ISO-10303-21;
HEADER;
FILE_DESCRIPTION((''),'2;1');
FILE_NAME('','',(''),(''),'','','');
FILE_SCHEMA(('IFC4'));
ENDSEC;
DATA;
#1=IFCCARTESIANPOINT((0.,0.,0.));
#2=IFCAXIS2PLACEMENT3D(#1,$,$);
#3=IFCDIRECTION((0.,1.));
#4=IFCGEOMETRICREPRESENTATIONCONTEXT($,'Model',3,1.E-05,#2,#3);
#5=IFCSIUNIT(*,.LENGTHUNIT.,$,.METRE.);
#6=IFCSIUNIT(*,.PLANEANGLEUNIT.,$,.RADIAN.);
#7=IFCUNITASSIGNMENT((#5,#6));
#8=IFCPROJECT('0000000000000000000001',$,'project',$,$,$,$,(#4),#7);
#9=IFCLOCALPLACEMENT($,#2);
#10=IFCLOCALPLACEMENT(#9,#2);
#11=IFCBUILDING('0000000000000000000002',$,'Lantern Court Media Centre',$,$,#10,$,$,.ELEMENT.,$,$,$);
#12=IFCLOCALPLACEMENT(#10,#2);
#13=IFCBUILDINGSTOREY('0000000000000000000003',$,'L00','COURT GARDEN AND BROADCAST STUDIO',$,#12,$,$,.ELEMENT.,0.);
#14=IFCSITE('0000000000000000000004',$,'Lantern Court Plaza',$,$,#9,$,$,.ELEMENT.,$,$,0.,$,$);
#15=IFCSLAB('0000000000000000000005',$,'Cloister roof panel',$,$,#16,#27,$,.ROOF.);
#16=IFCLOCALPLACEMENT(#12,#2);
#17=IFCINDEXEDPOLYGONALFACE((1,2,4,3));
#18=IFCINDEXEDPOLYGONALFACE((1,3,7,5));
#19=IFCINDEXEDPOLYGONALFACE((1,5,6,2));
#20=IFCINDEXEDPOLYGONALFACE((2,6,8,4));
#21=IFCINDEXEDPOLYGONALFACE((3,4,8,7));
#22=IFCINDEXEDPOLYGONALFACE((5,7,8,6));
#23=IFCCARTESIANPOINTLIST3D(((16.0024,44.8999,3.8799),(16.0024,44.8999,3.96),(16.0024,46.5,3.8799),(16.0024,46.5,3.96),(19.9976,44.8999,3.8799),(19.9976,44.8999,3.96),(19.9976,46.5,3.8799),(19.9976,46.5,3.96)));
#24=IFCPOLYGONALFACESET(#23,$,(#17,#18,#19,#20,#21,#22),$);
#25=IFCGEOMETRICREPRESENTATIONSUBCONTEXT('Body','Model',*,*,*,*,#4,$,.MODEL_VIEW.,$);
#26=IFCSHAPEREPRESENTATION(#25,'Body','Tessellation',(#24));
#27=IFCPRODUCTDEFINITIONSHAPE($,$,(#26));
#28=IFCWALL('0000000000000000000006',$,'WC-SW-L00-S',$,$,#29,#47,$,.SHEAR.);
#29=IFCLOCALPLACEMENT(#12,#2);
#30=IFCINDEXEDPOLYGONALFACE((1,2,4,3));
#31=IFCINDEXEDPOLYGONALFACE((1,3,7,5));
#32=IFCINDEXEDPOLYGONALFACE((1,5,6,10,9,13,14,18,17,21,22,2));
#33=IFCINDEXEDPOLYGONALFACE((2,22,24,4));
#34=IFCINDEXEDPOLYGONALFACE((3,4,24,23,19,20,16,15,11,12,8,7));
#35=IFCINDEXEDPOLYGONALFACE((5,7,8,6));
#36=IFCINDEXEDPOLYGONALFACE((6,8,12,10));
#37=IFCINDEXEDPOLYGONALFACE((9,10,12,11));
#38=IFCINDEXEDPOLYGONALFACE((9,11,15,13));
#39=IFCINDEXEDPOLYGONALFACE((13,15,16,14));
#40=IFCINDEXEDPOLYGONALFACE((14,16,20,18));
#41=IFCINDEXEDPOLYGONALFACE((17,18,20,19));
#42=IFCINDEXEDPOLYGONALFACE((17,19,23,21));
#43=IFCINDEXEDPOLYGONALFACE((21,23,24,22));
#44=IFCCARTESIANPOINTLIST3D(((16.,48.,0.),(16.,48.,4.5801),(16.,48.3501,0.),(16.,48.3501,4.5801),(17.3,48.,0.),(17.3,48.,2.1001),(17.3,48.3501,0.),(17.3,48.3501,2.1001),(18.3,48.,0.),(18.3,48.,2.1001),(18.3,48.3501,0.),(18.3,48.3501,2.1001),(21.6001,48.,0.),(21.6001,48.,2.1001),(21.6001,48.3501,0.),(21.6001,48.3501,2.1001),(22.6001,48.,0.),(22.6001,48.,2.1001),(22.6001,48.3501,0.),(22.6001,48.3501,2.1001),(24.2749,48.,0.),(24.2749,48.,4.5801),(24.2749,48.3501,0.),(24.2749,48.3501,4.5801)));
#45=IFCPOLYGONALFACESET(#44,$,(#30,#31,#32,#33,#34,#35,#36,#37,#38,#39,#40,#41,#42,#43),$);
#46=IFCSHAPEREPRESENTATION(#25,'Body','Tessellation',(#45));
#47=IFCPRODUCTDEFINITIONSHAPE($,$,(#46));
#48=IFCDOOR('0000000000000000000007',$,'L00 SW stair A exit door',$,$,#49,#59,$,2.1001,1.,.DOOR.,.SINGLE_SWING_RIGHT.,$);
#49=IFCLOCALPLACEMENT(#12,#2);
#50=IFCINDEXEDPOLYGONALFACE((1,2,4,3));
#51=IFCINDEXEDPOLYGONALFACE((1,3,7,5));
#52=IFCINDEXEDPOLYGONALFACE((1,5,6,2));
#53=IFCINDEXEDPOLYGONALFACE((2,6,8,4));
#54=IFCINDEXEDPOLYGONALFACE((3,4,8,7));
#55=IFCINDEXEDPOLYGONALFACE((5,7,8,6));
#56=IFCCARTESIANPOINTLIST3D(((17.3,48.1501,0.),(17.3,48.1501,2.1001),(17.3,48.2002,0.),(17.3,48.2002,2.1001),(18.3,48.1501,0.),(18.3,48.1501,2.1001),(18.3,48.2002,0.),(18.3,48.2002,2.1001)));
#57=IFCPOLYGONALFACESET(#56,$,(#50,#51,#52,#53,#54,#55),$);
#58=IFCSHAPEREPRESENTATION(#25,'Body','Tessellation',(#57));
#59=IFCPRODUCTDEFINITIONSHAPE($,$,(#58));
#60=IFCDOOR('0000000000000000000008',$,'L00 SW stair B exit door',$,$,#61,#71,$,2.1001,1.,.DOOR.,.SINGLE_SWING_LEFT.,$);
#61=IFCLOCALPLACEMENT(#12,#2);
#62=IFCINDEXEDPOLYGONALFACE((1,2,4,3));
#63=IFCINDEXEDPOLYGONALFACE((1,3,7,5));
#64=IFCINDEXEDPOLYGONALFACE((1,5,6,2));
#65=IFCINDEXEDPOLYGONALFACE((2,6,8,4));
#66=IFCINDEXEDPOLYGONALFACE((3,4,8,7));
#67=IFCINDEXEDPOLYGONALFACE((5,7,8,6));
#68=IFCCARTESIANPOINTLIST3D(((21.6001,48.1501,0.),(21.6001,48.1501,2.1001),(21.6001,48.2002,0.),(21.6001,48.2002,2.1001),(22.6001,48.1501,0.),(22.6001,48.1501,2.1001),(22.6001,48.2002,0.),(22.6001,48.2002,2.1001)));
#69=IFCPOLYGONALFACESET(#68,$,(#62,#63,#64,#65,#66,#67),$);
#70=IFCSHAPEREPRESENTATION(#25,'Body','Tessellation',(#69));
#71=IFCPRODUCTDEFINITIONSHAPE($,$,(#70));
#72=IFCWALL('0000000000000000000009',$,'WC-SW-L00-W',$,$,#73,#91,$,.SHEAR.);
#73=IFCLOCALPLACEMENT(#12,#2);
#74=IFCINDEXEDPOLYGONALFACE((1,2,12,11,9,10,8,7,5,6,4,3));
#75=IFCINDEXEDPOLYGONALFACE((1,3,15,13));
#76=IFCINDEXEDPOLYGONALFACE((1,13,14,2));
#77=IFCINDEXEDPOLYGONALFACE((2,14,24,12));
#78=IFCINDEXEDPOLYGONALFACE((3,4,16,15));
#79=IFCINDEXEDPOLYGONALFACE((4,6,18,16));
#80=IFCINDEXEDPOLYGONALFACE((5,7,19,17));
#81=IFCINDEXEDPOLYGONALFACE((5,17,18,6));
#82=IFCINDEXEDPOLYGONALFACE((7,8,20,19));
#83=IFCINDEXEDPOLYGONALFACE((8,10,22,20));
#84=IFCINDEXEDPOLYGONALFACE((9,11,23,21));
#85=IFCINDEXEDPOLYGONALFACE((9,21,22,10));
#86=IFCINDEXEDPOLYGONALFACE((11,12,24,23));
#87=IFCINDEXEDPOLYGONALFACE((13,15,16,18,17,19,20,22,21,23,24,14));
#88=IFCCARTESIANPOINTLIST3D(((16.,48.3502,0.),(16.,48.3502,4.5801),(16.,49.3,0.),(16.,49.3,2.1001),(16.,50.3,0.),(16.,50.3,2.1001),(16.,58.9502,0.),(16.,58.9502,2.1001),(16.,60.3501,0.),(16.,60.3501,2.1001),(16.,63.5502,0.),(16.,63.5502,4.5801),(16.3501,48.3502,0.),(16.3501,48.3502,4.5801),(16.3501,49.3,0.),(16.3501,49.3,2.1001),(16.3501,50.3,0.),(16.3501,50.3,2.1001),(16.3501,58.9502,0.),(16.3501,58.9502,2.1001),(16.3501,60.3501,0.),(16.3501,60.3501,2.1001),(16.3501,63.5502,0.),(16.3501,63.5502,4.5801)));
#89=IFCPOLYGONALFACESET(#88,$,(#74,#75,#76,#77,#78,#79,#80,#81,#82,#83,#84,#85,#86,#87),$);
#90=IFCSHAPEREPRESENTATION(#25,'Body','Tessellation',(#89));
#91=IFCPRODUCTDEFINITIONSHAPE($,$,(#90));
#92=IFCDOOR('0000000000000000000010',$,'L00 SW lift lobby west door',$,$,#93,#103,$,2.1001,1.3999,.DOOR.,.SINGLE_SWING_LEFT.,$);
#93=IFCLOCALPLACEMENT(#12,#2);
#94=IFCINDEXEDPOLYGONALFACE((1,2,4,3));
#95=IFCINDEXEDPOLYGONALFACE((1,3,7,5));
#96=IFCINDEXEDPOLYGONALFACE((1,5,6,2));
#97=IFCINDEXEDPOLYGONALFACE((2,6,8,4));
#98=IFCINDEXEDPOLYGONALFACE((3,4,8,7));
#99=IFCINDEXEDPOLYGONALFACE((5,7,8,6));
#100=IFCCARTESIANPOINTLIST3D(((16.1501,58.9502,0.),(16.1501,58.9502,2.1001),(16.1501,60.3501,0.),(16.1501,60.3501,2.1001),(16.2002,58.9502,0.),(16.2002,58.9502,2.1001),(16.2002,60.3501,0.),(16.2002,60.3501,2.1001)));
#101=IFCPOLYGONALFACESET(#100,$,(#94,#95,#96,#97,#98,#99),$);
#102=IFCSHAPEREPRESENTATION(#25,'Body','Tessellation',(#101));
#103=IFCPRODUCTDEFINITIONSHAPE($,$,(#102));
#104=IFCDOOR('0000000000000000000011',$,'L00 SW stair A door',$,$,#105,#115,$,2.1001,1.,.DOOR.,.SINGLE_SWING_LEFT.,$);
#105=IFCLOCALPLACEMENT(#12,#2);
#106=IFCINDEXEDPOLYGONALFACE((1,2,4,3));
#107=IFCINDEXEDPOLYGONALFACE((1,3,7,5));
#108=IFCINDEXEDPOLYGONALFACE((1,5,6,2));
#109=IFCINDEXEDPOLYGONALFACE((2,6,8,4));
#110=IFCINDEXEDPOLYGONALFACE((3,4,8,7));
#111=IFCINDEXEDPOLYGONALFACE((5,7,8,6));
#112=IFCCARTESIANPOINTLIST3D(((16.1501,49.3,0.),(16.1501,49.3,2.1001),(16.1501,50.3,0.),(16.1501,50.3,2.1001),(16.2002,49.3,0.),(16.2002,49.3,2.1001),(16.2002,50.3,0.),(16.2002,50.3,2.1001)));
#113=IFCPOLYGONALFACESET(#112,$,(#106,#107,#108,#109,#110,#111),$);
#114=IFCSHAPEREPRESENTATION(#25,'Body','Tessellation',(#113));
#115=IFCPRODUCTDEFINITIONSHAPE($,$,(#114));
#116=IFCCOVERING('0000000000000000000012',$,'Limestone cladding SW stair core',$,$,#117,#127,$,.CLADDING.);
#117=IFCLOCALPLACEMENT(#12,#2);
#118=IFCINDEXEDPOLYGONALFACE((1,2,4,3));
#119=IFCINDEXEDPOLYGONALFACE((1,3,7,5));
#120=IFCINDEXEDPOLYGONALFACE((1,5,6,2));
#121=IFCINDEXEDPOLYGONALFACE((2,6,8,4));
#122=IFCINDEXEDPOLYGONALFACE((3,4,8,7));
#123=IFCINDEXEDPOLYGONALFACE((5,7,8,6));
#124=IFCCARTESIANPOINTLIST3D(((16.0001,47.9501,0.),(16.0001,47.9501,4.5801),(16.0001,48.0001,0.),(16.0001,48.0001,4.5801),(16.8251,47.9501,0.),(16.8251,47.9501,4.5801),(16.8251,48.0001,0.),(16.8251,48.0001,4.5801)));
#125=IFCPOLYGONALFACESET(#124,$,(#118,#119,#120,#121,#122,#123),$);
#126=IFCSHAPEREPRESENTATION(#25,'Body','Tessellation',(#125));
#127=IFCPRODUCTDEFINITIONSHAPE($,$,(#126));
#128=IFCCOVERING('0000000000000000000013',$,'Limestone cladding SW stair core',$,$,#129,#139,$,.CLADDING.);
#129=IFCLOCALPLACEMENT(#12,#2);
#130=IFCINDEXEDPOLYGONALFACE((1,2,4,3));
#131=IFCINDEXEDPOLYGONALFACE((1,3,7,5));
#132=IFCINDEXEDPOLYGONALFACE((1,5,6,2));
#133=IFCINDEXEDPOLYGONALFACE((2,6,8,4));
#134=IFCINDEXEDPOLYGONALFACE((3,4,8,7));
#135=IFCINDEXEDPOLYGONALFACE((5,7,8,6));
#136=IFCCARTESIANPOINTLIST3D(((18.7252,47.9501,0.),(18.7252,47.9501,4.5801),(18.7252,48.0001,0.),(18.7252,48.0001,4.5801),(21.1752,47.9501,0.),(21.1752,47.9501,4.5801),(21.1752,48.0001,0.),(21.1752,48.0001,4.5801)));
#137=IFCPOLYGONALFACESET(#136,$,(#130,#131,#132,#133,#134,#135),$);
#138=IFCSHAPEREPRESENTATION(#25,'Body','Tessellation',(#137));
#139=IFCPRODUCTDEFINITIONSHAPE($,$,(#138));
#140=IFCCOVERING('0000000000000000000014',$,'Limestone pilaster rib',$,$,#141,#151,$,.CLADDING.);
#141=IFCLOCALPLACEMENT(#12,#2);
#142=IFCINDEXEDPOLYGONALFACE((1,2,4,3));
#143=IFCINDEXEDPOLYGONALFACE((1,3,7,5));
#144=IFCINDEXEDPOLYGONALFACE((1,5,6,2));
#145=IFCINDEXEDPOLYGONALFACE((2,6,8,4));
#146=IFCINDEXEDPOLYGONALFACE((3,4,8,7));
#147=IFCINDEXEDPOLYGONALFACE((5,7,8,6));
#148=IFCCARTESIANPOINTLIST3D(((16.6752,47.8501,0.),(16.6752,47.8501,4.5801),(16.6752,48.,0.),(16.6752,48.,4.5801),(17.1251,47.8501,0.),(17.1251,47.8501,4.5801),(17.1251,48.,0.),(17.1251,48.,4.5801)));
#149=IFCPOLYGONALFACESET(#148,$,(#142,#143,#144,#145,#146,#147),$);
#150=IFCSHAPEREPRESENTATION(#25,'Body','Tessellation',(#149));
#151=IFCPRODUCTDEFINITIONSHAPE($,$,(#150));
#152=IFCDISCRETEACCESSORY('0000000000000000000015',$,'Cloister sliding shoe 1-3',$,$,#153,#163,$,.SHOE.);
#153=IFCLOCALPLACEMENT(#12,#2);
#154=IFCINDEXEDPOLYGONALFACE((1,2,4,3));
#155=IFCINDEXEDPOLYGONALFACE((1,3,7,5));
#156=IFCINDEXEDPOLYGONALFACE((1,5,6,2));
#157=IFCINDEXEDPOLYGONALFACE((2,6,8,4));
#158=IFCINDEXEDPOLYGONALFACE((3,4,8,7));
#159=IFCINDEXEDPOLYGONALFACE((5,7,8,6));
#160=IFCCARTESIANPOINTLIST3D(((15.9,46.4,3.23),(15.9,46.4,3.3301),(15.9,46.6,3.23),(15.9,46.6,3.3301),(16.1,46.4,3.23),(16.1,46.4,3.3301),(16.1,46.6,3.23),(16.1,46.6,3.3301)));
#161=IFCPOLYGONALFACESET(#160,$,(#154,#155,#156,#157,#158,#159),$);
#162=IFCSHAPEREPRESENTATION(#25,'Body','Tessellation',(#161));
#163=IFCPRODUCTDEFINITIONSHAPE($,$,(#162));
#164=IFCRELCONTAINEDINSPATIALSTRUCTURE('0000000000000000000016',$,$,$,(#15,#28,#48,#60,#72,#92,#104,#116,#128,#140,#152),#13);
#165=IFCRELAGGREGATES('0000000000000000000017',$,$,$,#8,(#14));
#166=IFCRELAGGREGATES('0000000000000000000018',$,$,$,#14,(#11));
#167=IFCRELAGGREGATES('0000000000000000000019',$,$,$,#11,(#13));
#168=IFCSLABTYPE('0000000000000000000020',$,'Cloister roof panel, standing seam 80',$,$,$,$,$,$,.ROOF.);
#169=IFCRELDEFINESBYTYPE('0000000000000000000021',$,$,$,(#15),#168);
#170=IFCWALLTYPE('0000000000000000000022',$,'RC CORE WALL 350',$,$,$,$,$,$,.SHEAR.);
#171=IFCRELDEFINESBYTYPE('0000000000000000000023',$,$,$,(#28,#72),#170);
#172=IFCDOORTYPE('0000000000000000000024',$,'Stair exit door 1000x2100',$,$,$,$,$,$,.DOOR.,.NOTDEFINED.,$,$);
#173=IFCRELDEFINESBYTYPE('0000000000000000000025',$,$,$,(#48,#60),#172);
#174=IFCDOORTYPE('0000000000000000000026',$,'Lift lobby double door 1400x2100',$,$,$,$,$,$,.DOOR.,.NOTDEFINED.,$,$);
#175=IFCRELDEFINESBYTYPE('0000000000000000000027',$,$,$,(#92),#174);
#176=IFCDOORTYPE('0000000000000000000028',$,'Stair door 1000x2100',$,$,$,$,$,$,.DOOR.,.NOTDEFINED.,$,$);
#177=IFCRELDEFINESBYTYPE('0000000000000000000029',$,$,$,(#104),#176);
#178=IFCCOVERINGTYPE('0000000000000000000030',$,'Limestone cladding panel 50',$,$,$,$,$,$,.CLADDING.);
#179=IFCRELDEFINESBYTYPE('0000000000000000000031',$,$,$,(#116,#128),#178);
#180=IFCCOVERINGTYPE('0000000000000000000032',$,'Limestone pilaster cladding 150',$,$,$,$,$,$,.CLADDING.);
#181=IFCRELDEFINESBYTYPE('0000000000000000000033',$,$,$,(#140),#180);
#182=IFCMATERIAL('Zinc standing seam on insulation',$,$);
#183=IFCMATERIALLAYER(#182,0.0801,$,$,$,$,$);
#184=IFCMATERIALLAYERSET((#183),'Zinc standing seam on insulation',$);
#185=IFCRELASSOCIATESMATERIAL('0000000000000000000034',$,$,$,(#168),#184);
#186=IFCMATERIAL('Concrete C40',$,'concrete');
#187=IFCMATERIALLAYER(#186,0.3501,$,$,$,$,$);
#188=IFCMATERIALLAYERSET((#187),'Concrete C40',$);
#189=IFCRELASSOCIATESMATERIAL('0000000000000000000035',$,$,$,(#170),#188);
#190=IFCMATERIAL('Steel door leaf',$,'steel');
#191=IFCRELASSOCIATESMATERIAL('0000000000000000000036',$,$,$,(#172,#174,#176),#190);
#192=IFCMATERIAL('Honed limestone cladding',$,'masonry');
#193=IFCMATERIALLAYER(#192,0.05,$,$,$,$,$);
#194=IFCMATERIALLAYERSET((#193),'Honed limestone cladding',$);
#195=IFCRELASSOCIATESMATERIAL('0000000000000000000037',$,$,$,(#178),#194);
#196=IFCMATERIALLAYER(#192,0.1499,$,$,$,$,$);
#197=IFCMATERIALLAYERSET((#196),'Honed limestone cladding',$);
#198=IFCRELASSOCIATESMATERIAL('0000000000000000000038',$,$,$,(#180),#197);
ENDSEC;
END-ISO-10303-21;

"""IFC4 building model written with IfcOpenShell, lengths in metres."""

from ifc_helpers import new_model, si_unit, direction, frame, frame_2d, origin, origin_2d, place, context, subcontext, project, spatial, polyline, rectangle, outline, extrude, material, layer, layer_set, type_object, element, fill, save


model = new_model("IFC4")

# Units and contexts
model_context = context("Model", 3, precision=1e-05, world=origin(), true_north=direction((0.0, 1.0)))
body_context = subcontext(model_context, "Body", "Model", "MODEL_VIEW")
ifc_project = project(units=[si_unit("LENGTHUNIT", "METRE"), si_unit("PLANEANGLEUNIT", "RADIAN")], contexts=[model_context])

# Site, building, storey
site_placement = place(None, origin())
site = spatial("IfcSite", under=ifc_project, at=site_placement, Name="Lantern Court Plaza", CompositionType="ELEMENT", RefElevation=0.0)
building_placement = place(site_placement, origin())
building = spatial("IfcBuilding", under=site, at=building_placement, Name="Lantern Court Media Centre", CompositionType="ELEMENT")
storey_placement = place(building_placement, origin())
storey = spatial("IfcBuildingStorey", under=building, at=storey_placement, Name="L00", Description="COURT GARDEN AND BROADCAST STUDIO", CompositionType="ELEMENT", Elevation=0.0)

# Slab
ifc_material_1 = material(Name="Zinc standing seam on insulation")
ifc_layer_1 = layer(ifc_material_1, 0.0801)
ifc_layer_set_1 = layer_set([ifc_layer_1], Name="Zinc standing seam on insulation")
slab_type = type_object("IfcSlabType", Name="Cloister roof panel, standing seam 80", PredefinedType="ROOF", material=ifc_layer_set_1)
slab_1_placement = place(storey_placement, frame((16.0024, 44.8999, 3.96), z_axis=(0.0, 0.0, 1.0), x_axis=(1.0, 0.0, 0.0)))
element("IfcSlab", 1, at=slab_1_placement, inside=storey, type_object=slab_type, Name="Cloister roof panel", PredefinedType="ROOF", context=body_context, shape_type="SweptSolid", body=[
    extrude(outline(polyline([(0.0, 0.0), (3.9951, 0.0), (3.9951, 1.6001), (0.0, 1.6001), (0.0, 0.0)])), origin(), (0.0, 0.0, -1.0), 0.0801),
])

# Walls, openings, doors
ifc_material_2 = material(Name="Concrete C40", Category="concrete")
ifc_layer_2 = layer(ifc_material_2, 0.3501)
ifc_layer_set_2 = layer_set([ifc_layer_2], Name="Concrete C40")
wall_type = type_object("IfcWallType", Name="RC CORE WALL 350", PredefinedType="SHEAR", material=ifc_layer_set_2)
wall_1_placement = place(storey_placement, frame((16.0, 48.175, 0.0), z_axis=(0.0, 0.0, 1.0), x_axis=(1.0, 0.0, 0.0)))
wall_1 = element("IfcWall", 2, at=wall_1_placement, inside=storey, type_object=wall_type, Name="WC-SW-L00-S", PredefinedType="SHEAR", context=body_context, shape_type="SweptSolid", body=[
    extrude(rectangle(XDim=8.2749, YDim=0.3501, at=frame_2d((4.1375, 0.0))), origin(), (0.0, 0.0, 1.0), 4.5801),
])
opening_1_placement = place(wall_1_placement, frame((1.3, 0.0, 0.0)))
opening_1 = element("IfcOpeningElement", 3, at=opening_1_placement, cuts=wall_1, PredefinedType="OPENING", context=body_context, shape_type="SweptSolid", body=[
    extrude(rectangle(XDim=1.0, YDim=2.1001, at=frame_2d((0.5, 1.05))), frame((0.0, 0.1851, 0.0), z_axis=(0.0, -1.0, 0.0), x_axis=(1.0, 0.0, 0.0)), (0.0, 0.0, 1.0), 0.3701),
])
opening_2_placement = place(wall_1_placement, frame((5.6001, 0.0, 0.0)))
opening_2 = element("IfcOpeningElement", 4, at=opening_2_placement, cuts=wall_1, PredefinedType="OPENING", context=body_context, shape_type="SweptSolid", body=[
    extrude(rectangle(XDim=1.0, YDim=2.1001, at=frame_2d((0.5, 1.05))), frame((0.0, 0.1851, 0.0), z_axis=(0.0, -1.0, 0.0), x_axis=(1.0, 0.0, 0.0)), (0.0, 0.0, 1.0), 0.3701),
])
ifc_material_3 = material(Name="Steel door leaf", Category="steel")
door_type_1 = type_object("IfcDoorType", Name="Stair exit door 1000x2100", OperationType="NOTDEFINED", PredefinedType="DOOR", material=ifc_material_3)
door_1_placement = place(opening_1_placement, frame((1.0, 0.0, 0.0), z_axis=(0.0, 0.0, 1.0), x_axis=(-1.0, 0.0, 0.0)))
door_1 = element("IfcDoor", 5, at=door_1_placement, inside=storey, type_object=door_type_1, Name="L00 SW stair A exit door", OperationType="SINGLE_SWING_RIGHT", OverallHeight=2.1001, OverallWidth=1.0, PredefinedType="DOOR", context=body_context, shape_type="SweptSolid", body=[
    extrude(rectangle(XDim=1.0, YDim=2.1001, at=frame_2d((0.5, 1.05))), frame((0.0, 0.0249, 0.0), z_axis=(0.0, -1.0, 0.0), x_axis=(1.0, 0.0, 0.0)), (0.0, 0.0, 1.0), 0.05),
])
fill(opening_1, door_1)
door_2_placement = place(opening_2_placement, frame((1.0, 0.0, 0.0), z_axis=(0.0, 0.0, 1.0), x_axis=(-1.0, 0.0, 0.0)))
door_2 = element("IfcDoor", 6, at=door_2_placement, inside=storey, type_object=door_type_1, Name="L00 SW stair B exit door", OperationType="SINGLE_SWING_LEFT", OverallHeight=2.1001, OverallWidth=1.0, PredefinedType="DOOR", context=body_context, shape_type="SweptSolid", body=[
    extrude(rectangle(XDim=1.0, YDim=2.1001, at=frame_2d((0.5, 1.05))), frame((0.0, 0.0249, 0.0), z_axis=(0.0, -1.0, 0.0), x_axis=(1.0, 0.0, 0.0)), (0.0, 0.0, 1.0), 0.05),
])
fill(opening_2, door_2)
wall_2_placement = place(storey_placement, frame((16.175, 48.3501, 0.0), z_axis=(0.0, 0.0, 1.0), x_axis=(0.0, 1.0, 0.0)))
wall_2 = element("IfcWall", 7, at=wall_2_placement, inside=storey, type_object=wall_type, Name="WC-SW-L00-W", PredefinedType="SHEAR", context=body_context, shape_type="SweptSolid", body=[
    extrude(rectangle(XDim=15.2, YDim=0.3501, at=frame_2d((7.6001, 0.0))), origin(), (0.0, 0.0, 1.0), 4.5801),
])
opening_3_placement = place(wall_2_placement, frame((0.95, 0.0, 0.0)))
opening_3 = element("IfcOpeningElement", 8, at=opening_3_placement, cuts=wall_2, PredefinedType="OPENING", context=body_context, shape_type="SweptSolid", body=[
    extrude(rectangle(XDim=1.0, YDim=2.1001, at=frame_2d((0.5, 1.05))), frame((0.0, 0.1851, 0.0), z_axis=(0.0, -1.0, 0.0), x_axis=(1.0, 0.0, 0.0)), (0.0, 0.0, 1.0), 0.3701),
])
opening_4_placement = place(wall_2_placement, frame((10.6001, 0.0, 0.0)))
opening_4 = element("IfcOpeningElement", 9, at=opening_4_placement, cuts=wall_2, PredefinedType="OPENING", context=body_context, shape_type="SweptSolid", body=[
    extrude(rectangle(XDim=1.3999, YDim=2.1001, at=frame_2d((0.7, 1.05))), frame((0.0, 0.1851, 0.0), z_axis=(0.0, -1.0, 0.0), x_axis=(1.0, 0.0, 0.0)), (0.0, 0.0, 1.0), 0.3701),
])
door_type_2 = type_object("IfcDoorType", Name="Lift lobby double door 1400x2100", OperationType="NOTDEFINED", PredefinedType="DOOR", material=ifc_material_3)
door_3_placement = place(opening_4_placement, origin())
door_3 = element("IfcDoor", 10, at=door_3_placement, inside=storey, type_object=door_type_2, Name="L00 SW lift lobby west door", OperationType="SINGLE_SWING_LEFT", OverallHeight=2.1001, OverallWidth=1.3999, PredefinedType="DOOR", context=body_context, shape_type="SweptSolid", body=[
    extrude(rectangle(XDim=1.3999, YDim=2.1001, at=frame_2d((0.7, 1.05))), frame((0.0, 0.0249, 0.0), z_axis=(0.0, -1.0, 0.0), x_axis=(1.0, 0.0, 0.0)), (0.0, 0.0, 1.0), 0.05),
])
fill(opening_4, door_3)
door_type_3 = type_object("IfcDoorType", Name="Stair door 1000x2100", OperationType="NOTDEFINED", PredefinedType="DOOR", material=ifc_material_3)
door_4_placement = place(opening_3_placement, origin())
door_4 = element("IfcDoor", 11, at=door_4_placement, inside=storey, type_object=door_type_3, Name="L00 SW stair A door", OperationType="SINGLE_SWING_LEFT", OverallHeight=2.1001, OverallWidth=1.0, PredefinedType="DOOR", context=body_context, shape_type="SweptSolid", body=[
    extrude(rectangle(XDim=1.0, YDim=2.1001, at=frame_2d((0.5, 1.05))), frame((0.0, 0.0249, 0.0), z_axis=(0.0, -1.0, 0.0), x_axis=(1.0, 0.0, 0.0)), (0.0, 0.0, 1.0), 0.05),
])
fill(opening_3, door_4)

# Coverings
ifc_material_4 = material(Name="Honed limestone cladding", Category="masonry")
ifc_layer_3 = layer(ifc_material_4, 0.05)
ifc_layer_set_3 = layer_set([ifc_layer_3], Name="Honed limestone cladding")
covering_type_1 = type_object("IfcCoveringType", Name="Limestone cladding panel 50", PredefinedType="CLADDING", material=ifc_layer_set_3)
covering_1_placement = place(storey_placement, frame((16.0, 47.9751, 0.0), z_axis=(0.0, 0.0, 1.0), x_axis=(1.0, 0.0, 0.0)))
element("IfcCovering", 12, at=covering_1_placement, inside=storey, type_object=covering_type_1, Name="Limestone cladding SW stair core", PredefinedType="CLADDING", context=body_context, shape_type="SweptSolid", body=[
    extrude(rectangle(XDim=0.825, YDim=0.05, at=frame_2d((0.4126, 0.0))), origin(), (0.0, 0.0, 1.0), 4.5801),
])
covering_2_placement = place(storey_placement, frame((18.7251, 47.9751, 0.0), z_axis=(0.0, 0.0, 1.0), x_axis=(1.0, 0.0, 0.0)))
element("IfcCovering", 13, at=covering_2_placement, inside=storey, type_object=covering_type_1, Name="Limestone cladding SW stair core", PredefinedType="CLADDING", context=body_context, shape_type="SweptSolid", body=[
    extrude(rectangle(XDim=2.45, YDim=0.05, at=frame_2d((1.2251, 0.0))), origin(), (0.0, 0.0, 1.0), 4.5801),
])
ifc_layer_4 = layer(ifc_material_4, 0.1499)
ifc_layer_set_4 = layer_set([ifc_layer_4], Name="Honed limestone cladding")
covering_type_2 = type_object("IfcCoveringType", Name="Limestone pilaster cladding 150", PredefinedType="CLADDING", material=ifc_layer_set_4)
covering_3_placement = place(storey_placement, frame((16.675, 47.925, 0.0), z_axis=(0.0, 0.0, 1.0), x_axis=(1.0, 0.0, 0.0)))
element("IfcCovering", 14, at=covering_3_placement, inside=storey, type_object=covering_type_2, Name="Limestone pilaster rib", PredefinedType="CLADDING", context=body_context, shape_type="SweptSolid", body=[
    extrude(rectangle(XDim=0.45, YDim=0.1499, at=frame_2d((0.2251, 0.0))), origin(), (0.0, 0.0, 1.0), 4.5801),
])

# Discrete accessory
discrete_accessory_placement = place(storey_placement, frame((16.0, 46.5, 3.23), z_axis=(0.0, 0.0, 1.0), x_axis=(1.0, 0.0, 0.0)))
element("IfcDiscreteAccessory", 15, at=discrete_accessory_placement, inside=storey, Name="Cloister sliding shoe 1-3", PredefinedType="SHOE", context=body_context, shape_type="SweptSolid", body=[
    extrude(rectangle(XDim=0.2, YDim=0.2, at=origin_2d()), origin(), (0.0, 0.0, 1.0), 0.1001),
])

save(model, "model.ifc")
